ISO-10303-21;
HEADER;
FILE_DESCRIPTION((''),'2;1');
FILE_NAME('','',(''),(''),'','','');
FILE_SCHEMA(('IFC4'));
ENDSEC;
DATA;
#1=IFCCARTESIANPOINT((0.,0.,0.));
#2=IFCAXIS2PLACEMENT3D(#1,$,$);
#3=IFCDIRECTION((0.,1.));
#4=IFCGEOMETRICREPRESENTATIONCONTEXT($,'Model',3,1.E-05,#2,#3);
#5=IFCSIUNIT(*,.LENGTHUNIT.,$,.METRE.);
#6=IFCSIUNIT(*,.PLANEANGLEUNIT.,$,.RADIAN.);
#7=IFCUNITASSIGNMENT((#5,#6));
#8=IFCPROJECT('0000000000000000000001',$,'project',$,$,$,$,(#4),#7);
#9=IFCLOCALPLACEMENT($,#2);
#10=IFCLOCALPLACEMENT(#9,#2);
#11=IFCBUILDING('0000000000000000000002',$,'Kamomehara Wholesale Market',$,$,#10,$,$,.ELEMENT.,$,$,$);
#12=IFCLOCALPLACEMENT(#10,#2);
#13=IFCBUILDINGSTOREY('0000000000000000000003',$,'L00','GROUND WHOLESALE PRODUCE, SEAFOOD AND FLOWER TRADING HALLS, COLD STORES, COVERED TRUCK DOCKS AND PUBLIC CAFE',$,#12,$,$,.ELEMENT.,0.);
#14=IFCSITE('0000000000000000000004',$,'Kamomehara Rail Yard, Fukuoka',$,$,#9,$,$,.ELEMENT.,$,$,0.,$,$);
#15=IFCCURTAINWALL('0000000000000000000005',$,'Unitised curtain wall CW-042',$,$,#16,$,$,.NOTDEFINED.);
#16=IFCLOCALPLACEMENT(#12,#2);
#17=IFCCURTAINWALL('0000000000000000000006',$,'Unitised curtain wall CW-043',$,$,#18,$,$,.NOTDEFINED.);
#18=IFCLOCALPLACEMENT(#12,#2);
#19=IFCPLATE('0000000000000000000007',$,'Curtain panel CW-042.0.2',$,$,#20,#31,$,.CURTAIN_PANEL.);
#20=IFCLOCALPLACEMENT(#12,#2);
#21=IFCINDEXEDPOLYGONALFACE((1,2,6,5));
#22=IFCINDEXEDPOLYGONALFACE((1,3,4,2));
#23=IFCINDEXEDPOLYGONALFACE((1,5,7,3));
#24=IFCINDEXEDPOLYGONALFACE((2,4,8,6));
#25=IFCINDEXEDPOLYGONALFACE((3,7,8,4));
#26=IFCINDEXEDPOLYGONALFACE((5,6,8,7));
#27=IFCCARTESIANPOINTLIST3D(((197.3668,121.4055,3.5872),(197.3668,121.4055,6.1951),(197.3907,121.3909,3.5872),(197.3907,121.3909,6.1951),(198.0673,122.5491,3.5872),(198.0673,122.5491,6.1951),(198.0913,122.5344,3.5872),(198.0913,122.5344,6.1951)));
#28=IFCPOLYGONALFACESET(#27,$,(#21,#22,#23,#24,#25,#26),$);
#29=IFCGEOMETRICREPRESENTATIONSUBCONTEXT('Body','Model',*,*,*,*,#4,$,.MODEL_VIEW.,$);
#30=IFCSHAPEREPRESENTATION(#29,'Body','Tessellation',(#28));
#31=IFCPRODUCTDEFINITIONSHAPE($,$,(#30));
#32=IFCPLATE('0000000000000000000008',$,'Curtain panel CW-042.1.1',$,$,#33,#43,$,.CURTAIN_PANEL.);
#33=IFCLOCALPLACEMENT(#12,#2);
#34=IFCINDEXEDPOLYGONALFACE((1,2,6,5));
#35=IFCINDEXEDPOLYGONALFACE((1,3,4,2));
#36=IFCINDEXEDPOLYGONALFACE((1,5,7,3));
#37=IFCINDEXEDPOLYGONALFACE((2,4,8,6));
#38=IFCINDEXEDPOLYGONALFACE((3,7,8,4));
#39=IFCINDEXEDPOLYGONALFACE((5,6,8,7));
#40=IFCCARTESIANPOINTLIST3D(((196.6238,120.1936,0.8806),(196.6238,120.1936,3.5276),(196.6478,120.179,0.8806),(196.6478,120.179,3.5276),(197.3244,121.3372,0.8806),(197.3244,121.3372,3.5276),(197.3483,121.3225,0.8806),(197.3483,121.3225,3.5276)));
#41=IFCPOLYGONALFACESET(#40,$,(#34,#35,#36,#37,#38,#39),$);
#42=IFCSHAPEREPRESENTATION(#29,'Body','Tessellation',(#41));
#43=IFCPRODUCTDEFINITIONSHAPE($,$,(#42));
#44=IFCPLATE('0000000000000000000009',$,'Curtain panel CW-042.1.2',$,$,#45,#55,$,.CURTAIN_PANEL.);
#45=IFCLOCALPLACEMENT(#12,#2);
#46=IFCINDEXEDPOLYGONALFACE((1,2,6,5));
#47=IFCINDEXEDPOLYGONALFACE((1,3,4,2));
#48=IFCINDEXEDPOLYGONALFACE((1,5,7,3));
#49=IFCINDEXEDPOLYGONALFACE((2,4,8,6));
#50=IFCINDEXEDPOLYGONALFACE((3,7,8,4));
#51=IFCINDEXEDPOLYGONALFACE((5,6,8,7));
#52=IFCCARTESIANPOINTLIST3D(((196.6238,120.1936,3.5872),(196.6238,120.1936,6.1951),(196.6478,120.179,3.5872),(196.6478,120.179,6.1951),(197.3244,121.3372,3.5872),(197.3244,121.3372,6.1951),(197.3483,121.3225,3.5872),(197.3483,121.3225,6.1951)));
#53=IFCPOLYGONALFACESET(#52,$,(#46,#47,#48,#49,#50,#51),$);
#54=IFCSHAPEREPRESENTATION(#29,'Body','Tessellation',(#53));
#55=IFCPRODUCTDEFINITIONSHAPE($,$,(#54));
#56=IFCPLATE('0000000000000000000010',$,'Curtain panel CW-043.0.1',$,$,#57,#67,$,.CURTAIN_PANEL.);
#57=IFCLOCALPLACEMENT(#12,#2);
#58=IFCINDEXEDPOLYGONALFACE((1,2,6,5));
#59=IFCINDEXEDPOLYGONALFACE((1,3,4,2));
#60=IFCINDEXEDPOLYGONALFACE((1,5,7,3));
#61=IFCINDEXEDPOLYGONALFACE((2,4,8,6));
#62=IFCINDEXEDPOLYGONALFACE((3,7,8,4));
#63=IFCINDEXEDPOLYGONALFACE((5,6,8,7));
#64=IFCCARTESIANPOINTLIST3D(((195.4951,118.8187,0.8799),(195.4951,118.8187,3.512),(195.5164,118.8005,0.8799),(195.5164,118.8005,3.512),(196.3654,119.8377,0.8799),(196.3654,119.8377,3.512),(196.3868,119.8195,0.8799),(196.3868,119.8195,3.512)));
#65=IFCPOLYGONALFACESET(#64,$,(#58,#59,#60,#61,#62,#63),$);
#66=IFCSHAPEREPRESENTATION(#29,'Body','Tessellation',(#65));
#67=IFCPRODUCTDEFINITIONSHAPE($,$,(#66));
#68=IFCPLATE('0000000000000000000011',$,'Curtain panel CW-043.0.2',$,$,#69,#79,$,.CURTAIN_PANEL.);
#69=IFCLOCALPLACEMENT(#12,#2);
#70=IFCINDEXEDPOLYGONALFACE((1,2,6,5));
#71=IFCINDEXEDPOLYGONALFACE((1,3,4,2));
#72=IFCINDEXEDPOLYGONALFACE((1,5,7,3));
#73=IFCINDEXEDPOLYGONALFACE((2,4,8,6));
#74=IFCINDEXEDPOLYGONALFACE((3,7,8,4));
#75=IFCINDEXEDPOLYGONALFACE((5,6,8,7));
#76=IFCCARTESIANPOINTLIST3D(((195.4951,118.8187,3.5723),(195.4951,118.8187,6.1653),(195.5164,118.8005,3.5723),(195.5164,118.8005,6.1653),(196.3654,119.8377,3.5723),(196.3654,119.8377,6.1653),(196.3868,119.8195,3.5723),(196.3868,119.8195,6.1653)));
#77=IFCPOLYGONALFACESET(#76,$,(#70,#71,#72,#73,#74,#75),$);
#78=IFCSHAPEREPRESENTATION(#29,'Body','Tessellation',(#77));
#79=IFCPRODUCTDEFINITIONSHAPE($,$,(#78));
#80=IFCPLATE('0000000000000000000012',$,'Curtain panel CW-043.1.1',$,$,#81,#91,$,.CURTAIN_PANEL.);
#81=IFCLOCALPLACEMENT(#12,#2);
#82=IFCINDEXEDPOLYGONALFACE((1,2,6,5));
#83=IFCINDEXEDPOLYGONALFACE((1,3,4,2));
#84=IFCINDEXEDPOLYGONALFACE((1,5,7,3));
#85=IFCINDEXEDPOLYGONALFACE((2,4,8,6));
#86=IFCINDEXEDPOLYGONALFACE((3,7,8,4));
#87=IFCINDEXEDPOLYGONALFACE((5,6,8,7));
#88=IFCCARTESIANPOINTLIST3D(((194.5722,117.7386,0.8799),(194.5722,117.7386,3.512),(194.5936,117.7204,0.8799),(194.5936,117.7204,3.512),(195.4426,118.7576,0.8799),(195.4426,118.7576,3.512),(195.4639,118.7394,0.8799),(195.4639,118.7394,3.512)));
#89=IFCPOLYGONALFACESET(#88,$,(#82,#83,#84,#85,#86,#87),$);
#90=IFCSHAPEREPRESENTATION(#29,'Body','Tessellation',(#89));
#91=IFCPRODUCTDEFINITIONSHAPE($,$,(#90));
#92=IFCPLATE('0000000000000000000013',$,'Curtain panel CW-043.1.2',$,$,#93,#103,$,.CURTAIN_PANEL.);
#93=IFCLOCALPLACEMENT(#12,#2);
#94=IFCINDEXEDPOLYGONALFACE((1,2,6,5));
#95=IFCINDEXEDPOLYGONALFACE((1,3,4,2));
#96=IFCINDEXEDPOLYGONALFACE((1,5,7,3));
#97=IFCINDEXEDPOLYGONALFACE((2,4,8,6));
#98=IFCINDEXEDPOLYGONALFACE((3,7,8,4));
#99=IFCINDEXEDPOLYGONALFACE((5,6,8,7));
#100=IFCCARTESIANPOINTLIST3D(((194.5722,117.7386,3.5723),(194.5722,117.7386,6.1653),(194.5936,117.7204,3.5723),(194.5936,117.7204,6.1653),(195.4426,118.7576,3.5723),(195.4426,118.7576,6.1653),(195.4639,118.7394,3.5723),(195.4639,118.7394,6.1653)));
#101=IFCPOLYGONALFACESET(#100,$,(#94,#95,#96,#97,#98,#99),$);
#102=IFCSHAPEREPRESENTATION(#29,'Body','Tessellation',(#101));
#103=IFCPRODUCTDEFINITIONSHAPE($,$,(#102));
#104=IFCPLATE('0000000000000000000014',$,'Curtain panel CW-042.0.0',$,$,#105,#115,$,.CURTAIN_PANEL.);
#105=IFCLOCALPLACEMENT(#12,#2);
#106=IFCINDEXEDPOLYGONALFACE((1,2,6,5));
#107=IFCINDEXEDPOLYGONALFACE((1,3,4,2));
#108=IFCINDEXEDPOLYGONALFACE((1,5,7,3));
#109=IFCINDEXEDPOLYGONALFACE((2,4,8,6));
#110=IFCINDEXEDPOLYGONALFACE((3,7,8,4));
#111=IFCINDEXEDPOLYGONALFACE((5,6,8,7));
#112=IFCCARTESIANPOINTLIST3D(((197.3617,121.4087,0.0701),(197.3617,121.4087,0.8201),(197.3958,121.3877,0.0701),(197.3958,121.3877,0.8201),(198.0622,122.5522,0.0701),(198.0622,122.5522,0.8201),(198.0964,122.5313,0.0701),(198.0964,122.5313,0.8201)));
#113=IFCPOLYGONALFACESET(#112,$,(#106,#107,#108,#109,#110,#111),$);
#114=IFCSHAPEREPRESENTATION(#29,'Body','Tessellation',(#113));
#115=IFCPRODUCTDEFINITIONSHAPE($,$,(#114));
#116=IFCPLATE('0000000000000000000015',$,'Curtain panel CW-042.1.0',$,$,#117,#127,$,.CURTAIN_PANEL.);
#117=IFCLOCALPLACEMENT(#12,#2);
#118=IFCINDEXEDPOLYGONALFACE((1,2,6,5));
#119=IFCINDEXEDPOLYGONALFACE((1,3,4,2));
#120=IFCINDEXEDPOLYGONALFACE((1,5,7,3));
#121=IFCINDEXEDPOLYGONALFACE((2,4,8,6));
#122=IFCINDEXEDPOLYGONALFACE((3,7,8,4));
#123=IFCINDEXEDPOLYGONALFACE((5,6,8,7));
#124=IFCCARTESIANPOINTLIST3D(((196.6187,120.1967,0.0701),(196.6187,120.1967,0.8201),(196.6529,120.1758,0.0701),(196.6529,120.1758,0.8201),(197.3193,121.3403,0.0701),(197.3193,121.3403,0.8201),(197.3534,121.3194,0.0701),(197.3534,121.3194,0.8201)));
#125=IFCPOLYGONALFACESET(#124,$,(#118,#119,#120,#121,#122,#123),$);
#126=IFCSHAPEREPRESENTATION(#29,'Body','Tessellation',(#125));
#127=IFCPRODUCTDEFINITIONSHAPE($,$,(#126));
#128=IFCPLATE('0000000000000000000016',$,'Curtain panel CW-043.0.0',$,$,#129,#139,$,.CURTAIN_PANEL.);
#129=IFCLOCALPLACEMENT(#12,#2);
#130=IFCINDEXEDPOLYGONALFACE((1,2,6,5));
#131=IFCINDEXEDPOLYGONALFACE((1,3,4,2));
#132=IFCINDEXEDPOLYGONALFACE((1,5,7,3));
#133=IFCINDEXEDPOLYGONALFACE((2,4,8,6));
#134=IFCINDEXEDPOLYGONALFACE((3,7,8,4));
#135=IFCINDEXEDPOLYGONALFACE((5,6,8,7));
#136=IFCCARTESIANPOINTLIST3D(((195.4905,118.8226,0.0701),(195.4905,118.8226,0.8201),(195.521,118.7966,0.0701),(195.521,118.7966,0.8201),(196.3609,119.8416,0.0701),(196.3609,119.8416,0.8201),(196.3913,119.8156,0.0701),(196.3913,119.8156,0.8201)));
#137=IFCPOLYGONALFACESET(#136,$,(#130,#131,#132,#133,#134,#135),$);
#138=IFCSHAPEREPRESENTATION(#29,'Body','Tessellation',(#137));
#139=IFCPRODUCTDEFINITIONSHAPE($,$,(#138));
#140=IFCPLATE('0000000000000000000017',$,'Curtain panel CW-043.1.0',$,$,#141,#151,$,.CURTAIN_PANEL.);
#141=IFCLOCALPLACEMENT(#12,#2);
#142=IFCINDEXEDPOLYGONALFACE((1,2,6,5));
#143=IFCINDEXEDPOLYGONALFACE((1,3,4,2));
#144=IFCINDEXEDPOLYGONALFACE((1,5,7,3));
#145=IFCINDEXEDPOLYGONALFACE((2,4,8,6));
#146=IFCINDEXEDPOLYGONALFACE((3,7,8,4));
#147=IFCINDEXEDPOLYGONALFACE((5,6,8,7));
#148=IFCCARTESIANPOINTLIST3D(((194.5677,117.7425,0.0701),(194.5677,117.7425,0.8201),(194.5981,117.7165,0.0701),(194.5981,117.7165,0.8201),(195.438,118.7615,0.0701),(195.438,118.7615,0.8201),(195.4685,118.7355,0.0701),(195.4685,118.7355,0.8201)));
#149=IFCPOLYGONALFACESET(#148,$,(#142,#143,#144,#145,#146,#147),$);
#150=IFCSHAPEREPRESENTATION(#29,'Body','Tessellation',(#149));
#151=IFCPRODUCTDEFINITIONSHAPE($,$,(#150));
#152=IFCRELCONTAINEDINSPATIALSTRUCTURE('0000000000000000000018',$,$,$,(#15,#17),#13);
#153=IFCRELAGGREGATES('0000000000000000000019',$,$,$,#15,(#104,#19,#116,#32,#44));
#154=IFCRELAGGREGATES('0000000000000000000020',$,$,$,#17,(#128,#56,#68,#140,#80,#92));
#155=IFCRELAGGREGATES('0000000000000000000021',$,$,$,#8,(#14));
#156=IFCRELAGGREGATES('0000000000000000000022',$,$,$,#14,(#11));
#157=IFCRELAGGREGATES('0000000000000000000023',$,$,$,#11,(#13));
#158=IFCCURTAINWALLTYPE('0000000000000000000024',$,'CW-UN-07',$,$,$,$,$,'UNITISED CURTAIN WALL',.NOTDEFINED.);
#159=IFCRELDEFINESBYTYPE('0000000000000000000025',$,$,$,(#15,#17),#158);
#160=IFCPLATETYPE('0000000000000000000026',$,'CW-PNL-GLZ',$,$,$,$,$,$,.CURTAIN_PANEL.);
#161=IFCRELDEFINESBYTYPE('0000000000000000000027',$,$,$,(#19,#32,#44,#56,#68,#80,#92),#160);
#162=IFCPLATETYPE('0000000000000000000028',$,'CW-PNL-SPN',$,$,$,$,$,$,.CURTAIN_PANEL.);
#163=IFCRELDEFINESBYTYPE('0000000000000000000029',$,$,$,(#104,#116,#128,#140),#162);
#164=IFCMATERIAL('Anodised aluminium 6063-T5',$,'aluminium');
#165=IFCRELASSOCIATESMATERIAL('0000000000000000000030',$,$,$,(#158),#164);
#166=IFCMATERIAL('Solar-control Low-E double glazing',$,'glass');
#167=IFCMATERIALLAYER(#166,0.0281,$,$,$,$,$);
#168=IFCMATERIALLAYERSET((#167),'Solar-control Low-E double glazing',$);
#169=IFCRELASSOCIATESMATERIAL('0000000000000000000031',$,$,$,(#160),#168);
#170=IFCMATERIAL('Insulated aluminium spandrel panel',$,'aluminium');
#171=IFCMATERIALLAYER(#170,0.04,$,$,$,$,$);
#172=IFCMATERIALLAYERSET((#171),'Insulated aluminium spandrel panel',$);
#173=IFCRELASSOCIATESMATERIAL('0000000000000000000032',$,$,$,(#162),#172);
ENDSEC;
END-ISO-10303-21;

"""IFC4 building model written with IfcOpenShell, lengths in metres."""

from ifc_helpers import new_model, si_unit, direction, frame, origin, origin_2d, place, context, subcontext, project, spatial, rectangle, extrude, material, layer, layer_set, type_object, element, aggregate, save


model = new_model("IFC4")

# Units and contexts
model_context = context("Model", 3, precision=1e-05, world=origin(), true_north=direction((0.0, 1.0)))
body_context = subcontext(model_context, "Body", "Model", "MODEL_VIEW")
ifc_project = project(units=[si_unit("LENGTHUNIT", "METRE"), si_unit("PLANEANGLEUNIT", "RADIAN")], contexts=[model_context])

# Site, building, storey
site_placement = place(None, origin())
site = spatial("IfcSite", under=ifc_project, at=site_placement, Name="Kamomehara Rail Yard, Fukuoka", CompositionType="ELEMENT", RefElevation=0.0)
building_placement = place(site_placement, origin())
building = spatial("IfcBuilding", under=site, at=building_placement, Name="Kamomehara Wholesale Market", CompositionType="ELEMENT")
storey_placement = place(building_placement, origin())
storey = spatial("IfcBuildingStorey", under=building, at=storey_placement, Name="L00", Description="GROUND WHOLESALE PRODUCE, SEAFOOD AND FLOWER TRADING HALLS, COLD STORES, COVERED TRUCK DOCKS AND PUBLIC CAFE", CompositionType="ELEMENT", Elevation=0.0)

# Curtain walls
ifc_material_1 = material(Name="Anodised aluminium 6063-T5", Category="aluminium")
curtain_wall_type = type_object("IfcCurtainWallType", Name="CW-UN-07", ElementType="UNITISED CURTAIN WALL", PredefinedType="NOTDEFINED", material=ifc_material_1)
curtain_wall_1_placement = place(storey_placement, origin())
curtain_wall_1 = element("IfcCurtainWall", 1, at=curtain_wall_1_placement, inside=storey, type_object=curtain_wall_type, Name="Unitised curtain wall CW-042", PredefinedType="NOTDEFINED")
curtain_wall_2_placement = place(storey_placement, origin())
curtain_wall_2 = element("IfcCurtainWall", 2, at=curtain_wall_2_placement, inside=storey, type_object=curtain_wall_type, Name="Unitised curtain wall CW-043", PredefinedType="NOTDEFINED")

# Plates
ifc_material_2 = material(Name="Solar-control Low-E double glazing", Category="glass")
ifc_layer_1 = layer(ifc_material_2, 0.0281)
ifc_layer_set_1 = layer_set([ifc_layer_1], Name="Solar-control Low-E double glazing")
plate_type_1 = type_object("IfcPlateType", Name="CW-PNL-GLZ", PredefinedType="CURTAIN_PANEL", material=ifc_layer_set_1)
plate_1_placement = place(storey_placement, frame((197.729, 121.97, 3.5872), z_axis=(0.0, 0.0, 1.0), x_axis=(-0.522394, -0.852704, 0.0)))
plate_1 = element("IfcPlate", 3, at=plate_1_placement, type_object=plate_type_1, Name="Curtain panel CW-042.0.2", PredefinedType="CURTAIN_PANEL", context=body_context, shape_type="SweptSolid", body=[
    extrude(rectangle(XDim=1.3411, YDim=0.0281, at=origin_2d()), origin(), (0.0, 0.0, 1.0), 2.6079),
])
plate_2_placement = place(storey_placement, frame((196.9861, 120.7581, 0.8806), z_axis=(0.0, 0.0, 1.0), x_axis=(-0.522394, -0.852704, 0.0)))
plate_2 = element("IfcPlate", 4, at=plate_2_placement, type_object=plate_type_1, Name="Curtain panel CW-042.1.1", PredefinedType="CURTAIN_PANEL", context=body_context, shape_type="SweptSolid", body=[
    extrude(rectangle(XDim=1.3411, YDim=0.0281, at=origin_2d()), origin(), (0.0, 0.0, 1.0), 2.647),
])
plate_3_placement = place(storey_placement, frame((196.9861, 120.7581, 3.5872), z_axis=(0.0, 0.0, 1.0), x_axis=(-0.522394, -0.852704, 0.0)))
plate_3 = element("IfcPlate", 5, at=plate_3_placement, type_object=plate_type_1, Name="Curtain panel CW-042.1.2", PredefinedType="CURTAIN_PANEL", context=body_context, shape_type="SweptSolid", body=[
    extrude(rectangle(XDim=1.3411, YDim=0.0281, at=origin_2d()), origin(), (0.0, 0.0, 1.0), 2.6079),
])
plate_4_placement = place(storey_placement, frame((195.9409, 119.3191, 0.8799), z_axis=(0.0, 0.0, 1.0), x_axis=(-0.649488, -0.760372, 0.0)))
plate_4 = element("IfcPlate", 6, at=plate_4_placement, type_object=plate_type_1, Name="Curtain panel CW-043.0.1", PredefinedType="CURTAIN_PANEL", context=body_context, shape_type="SweptSolid", body=[
    extrude(rectangle(XDim=1.3401, YDim=0.0281, at=origin_2d()), origin(), (0.0, 0.0, 1.0), 2.6321),
])
plate_5_placement = place(storey_placement, frame((195.9409, 119.3191, 3.5723), z_axis=(0.0, 0.0, 1.0), x_axis=(-0.649488, -0.760372, 0.0)))
plate_5 = element("IfcPlate", 7, at=plate_5_placement, type_object=plate_type_1, Name="Curtain panel CW-043.0.2", PredefinedType="CURTAIN_PANEL", context=body_context, shape_type="SweptSolid", body=[
    extrude(rectangle(XDim=1.3401, YDim=0.0281, at=origin_2d()), origin(), (0.0, 0.0, 1.0), 2.593),
])
plate_6_placement = place(storey_placement, frame((195.0181, 118.239, 0.8799), z_axis=(0.0, 0.0, 1.0), x_axis=(-0.649488, -0.760372, 0.0)))
plate_6 = element("IfcPlate", 8, at=plate_6_placement, type_object=plate_type_1, Name="Curtain panel CW-043.1.1", PredefinedType="CURTAIN_PANEL", context=body_context, shape_type="SweptSolid", body=[
    extrude(rectangle(XDim=1.3401, YDim=0.0281, at=origin_2d()), origin(), (0.0, 0.0, 1.0), 2.6321),
])
plate_7_placement = place(storey_placement, frame((195.0181, 118.239, 3.5723), z_axis=(0.0, 0.0, 1.0), x_axis=(-0.649488, -0.760372, 0.0)))
plate_7 = element("IfcPlate", 9, at=plate_7_placement, type_object=plate_type_1, Name="Curtain panel CW-043.1.2", PredefinedType="CURTAIN_PANEL", context=body_context, shape_type="SweptSolid", body=[
    extrude(rectangle(XDim=1.3401, YDim=0.0281, at=origin_2d()), origin(), (0.0, 0.0, 1.0), 2.593),
])
ifc_material_3 = material(Name="Insulated aluminium spandrel panel", Category="aluminium")
ifc_layer_2 = layer(ifc_material_3, 0.04)
ifc_layer_set_2 = layer_set([ifc_layer_2], Name="Insulated aluminium spandrel panel")
plate_type_2 = type_object("IfcPlateType", Name="CW-PNL-SPN", PredefinedType="CURTAIN_PANEL", material=ifc_layer_set_2)
plate_8_placement = place(storey_placement, frame((197.729, 121.97, 0.0701), z_axis=(0.0, 0.0, 1.0), x_axis=(-0.522394, -0.852704, 0.0)))
plate_8 = element("IfcPlate", 10, at=plate_8_placement, type_object=plate_type_2, Name="Curtain panel CW-042.0.0", PredefinedType="CURTAIN_PANEL", context=body_context, shape_type="SweptSolid", body=[
    extrude(rectangle(XDim=1.3411, YDim=0.04, at=origin_2d()), origin(), (0.0, 0.0, 1.0), 0.75),
])
plate_9_placement = place(storey_placement, frame((196.9861, 120.7581, 0.0701), z_axis=(0.0, 0.0, 1.0), x_axis=(-0.522394, -0.852704, 0.0)))
plate_9 = element("IfcPlate", 11, at=plate_9_placement, type_object=plate_type_2, Name="Curtain panel CW-042.1.0", PredefinedType="CURTAIN_PANEL", context=body_context, shape_type="SweptSolid", body=[
    extrude(rectangle(XDim=1.3411, YDim=0.04, at=origin_2d()), origin(), (0.0, 0.0, 1.0), 0.75),
])
aggregate(curtain_wall_1, [plate_8, plate_1, plate_9, plate_2, plate_3])
plate_10_placement = place(storey_placement, frame((195.9409, 119.3191, 0.0701), z_axis=(0.0, 0.0, 1.0), x_axis=(-0.649488, -0.760372, 0.0)))
plate_10 = element("IfcPlate", 12, at=plate_10_placement, type_object=plate_type_2, Name="Curtain panel CW-043.0.0", PredefinedType="CURTAIN_PANEL", context=body_context, shape_type="SweptSolid", body=[
    extrude(rectangle(XDim=1.3401, YDim=0.04, at=origin_2d()), origin(), (0.0, 0.0, 1.0), 0.75),
])
plate_11_placement = place(storey_placement, frame((195.0181, 118.239, 0.0701), z_axis=(0.0, 0.0, 1.0), x_axis=(-0.649488, -0.760372, 0.0)))
plate_11 = element("IfcPlate", 13, at=plate_11_placement, type_object=plate_type_2, Name="Curtain panel CW-043.1.0", PredefinedType="CURTAIN_PANEL", context=body_context, shape_type="SweptSolid", body=[
    extrude(rectangle(XDim=1.3401, YDim=0.04, at=origin_2d()), origin(), (0.0, 0.0, 1.0), 0.75),
])
aggregate(curtain_wall_2, [plate_10, plate_4, plate_5, plate_11, plate_6, plate_7])

save(model, "model.ifc")
